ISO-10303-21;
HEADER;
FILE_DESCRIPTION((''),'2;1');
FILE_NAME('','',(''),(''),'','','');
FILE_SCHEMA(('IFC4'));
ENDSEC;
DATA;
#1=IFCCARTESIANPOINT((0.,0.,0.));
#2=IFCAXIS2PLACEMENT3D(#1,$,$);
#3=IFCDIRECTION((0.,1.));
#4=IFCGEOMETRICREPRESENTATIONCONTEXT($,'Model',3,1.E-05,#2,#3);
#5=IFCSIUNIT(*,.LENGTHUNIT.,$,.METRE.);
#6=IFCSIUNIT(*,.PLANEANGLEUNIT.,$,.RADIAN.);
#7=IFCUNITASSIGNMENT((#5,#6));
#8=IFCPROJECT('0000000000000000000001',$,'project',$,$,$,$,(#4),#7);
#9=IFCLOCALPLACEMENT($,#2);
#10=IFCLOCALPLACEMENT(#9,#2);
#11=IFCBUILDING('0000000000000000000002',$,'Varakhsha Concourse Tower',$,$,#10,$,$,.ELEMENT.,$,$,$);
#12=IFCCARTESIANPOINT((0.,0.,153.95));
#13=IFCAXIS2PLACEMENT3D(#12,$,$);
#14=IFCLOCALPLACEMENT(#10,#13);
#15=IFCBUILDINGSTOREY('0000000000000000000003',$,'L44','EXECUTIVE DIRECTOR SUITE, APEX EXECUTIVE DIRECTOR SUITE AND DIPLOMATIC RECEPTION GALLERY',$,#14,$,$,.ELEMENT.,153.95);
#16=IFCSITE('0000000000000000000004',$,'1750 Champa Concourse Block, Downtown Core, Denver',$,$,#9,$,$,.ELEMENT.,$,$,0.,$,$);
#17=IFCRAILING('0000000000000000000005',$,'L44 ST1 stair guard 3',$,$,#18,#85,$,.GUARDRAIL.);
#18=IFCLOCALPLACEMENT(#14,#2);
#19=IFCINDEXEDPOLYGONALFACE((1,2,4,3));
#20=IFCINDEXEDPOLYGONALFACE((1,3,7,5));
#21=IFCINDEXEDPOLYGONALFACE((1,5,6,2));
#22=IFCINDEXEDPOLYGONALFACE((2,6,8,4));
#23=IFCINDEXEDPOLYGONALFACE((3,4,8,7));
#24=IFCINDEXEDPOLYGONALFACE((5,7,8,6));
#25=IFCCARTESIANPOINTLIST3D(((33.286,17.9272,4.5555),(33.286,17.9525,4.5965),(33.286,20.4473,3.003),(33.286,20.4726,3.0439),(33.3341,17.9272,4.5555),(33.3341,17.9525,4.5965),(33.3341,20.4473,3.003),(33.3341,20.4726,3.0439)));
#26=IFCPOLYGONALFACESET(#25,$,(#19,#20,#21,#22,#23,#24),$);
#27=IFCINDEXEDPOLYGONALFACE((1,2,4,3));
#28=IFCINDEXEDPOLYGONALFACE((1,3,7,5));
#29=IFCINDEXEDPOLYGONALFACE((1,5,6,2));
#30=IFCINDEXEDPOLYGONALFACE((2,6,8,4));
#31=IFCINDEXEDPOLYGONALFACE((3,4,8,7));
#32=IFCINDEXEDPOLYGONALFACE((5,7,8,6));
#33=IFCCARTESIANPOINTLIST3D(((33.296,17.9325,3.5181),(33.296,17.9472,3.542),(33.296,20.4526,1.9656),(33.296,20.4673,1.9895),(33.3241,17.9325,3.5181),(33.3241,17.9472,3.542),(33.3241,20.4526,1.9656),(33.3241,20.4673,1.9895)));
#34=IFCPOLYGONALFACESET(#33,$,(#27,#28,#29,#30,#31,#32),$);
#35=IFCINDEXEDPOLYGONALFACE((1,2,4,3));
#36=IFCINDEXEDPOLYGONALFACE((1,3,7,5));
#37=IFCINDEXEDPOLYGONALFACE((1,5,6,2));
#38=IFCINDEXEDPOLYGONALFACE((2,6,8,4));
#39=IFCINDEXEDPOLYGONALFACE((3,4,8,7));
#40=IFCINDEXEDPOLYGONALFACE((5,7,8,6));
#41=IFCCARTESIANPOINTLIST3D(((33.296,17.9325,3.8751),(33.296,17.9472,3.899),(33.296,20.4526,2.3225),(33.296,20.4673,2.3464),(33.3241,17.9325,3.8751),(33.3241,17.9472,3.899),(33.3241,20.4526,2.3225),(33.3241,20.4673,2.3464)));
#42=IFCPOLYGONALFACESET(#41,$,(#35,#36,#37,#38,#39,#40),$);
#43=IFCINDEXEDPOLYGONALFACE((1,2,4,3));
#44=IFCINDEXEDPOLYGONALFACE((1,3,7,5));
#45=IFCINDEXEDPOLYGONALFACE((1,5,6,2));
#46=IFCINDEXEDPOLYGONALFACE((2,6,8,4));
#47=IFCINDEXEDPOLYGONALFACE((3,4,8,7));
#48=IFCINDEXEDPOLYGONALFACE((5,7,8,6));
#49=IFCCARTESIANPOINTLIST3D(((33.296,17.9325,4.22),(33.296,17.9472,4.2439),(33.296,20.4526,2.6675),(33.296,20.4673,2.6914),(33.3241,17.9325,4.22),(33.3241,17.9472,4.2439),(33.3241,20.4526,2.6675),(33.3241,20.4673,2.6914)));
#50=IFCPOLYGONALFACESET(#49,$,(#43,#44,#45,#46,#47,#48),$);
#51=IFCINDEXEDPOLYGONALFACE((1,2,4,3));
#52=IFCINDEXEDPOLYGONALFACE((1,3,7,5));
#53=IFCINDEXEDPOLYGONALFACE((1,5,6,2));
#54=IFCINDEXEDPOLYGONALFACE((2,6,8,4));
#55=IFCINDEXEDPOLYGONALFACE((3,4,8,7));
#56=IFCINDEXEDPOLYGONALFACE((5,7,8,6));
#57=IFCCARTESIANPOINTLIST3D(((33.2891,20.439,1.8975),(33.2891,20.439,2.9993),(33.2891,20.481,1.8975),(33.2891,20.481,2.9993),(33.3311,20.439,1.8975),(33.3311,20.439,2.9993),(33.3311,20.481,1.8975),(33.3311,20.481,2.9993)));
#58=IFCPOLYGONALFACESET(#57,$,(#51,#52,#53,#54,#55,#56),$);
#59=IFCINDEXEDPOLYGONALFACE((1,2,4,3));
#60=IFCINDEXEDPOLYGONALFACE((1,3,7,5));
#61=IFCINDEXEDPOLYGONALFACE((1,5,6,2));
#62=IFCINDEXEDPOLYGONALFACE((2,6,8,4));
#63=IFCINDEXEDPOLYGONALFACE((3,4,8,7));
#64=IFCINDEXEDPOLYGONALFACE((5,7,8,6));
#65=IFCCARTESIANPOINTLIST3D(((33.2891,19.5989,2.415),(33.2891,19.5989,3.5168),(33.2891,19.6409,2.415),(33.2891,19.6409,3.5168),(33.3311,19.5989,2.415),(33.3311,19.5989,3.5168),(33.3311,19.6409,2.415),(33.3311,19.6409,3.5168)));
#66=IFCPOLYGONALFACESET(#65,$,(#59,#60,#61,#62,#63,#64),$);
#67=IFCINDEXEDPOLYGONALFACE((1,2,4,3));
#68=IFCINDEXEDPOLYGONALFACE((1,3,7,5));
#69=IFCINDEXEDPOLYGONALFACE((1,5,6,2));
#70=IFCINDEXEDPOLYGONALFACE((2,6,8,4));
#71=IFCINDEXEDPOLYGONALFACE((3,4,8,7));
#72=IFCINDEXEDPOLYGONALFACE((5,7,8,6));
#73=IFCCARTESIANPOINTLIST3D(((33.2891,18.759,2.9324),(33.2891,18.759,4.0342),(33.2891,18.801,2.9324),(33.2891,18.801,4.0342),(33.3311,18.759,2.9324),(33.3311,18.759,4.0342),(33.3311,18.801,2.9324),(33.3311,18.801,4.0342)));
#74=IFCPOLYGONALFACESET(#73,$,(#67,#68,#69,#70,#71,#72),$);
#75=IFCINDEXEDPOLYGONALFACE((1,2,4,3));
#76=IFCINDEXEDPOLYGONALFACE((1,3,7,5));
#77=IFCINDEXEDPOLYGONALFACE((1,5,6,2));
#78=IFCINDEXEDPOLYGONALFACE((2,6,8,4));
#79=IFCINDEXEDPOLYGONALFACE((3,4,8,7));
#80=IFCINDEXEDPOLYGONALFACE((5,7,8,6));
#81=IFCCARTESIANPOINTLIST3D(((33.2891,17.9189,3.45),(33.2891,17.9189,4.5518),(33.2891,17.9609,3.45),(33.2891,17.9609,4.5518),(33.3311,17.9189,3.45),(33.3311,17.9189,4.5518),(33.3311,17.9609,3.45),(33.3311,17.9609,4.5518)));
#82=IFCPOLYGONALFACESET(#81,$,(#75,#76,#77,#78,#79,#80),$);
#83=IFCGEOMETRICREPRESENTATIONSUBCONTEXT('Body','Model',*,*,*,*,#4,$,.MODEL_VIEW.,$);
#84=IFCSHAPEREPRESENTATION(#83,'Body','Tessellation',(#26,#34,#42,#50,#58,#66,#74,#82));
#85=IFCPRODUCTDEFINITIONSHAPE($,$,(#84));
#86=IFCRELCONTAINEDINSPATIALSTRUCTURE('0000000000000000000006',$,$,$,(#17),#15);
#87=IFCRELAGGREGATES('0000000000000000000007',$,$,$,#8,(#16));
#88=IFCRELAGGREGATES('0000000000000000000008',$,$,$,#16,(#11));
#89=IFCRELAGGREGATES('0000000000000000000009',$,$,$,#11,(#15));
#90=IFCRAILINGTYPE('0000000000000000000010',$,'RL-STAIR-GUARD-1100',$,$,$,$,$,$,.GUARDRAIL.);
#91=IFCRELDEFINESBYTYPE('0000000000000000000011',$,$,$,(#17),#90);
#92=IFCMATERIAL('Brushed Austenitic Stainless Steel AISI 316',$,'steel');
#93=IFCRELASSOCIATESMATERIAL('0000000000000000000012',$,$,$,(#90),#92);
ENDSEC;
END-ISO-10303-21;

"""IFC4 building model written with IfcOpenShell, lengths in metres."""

from ifc_helpers import new_model, si_unit, direction, frame, origin, origin_2d, place, context, subcontext, project, spatial, rectangle, extrude, material, type_object, element, save


model = new_model("IFC4")

# Units and contexts
model_context = context("Model", 3, precision=1e-05, world=origin(), true_north=direction((0.0, 1.0)))
body_context = subcontext(model_context, "Body", "Model", "MODEL_VIEW")
ifc_project = project(units=[si_unit("LENGTHUNIT", "METRE"), si_unit("PLANEANGLEUNIT", "RADIAN")], contexts=[model_context])

# Site, building, storey
site_placement = place(None, origin())
site = spatial("IfcSite", under=ifc_project, at=site_placement, Name="1750 Champa Concourse Block, Downtown Core, Denver", CompositionType="ELEMENT", RefElevation=0.0)
building_placement = place(site_placement, origin())
building = spatial("IfcBuilding", under=site, at=building_placement, Name="Varakhsha Concourse Tower", CompositionType="ELEMENT")
storey_placement = place(building_placement, frame((0.0, 0.0, 153.95)))
storey = spatial("IfcBuildingStorey", under=building, at=storey_placement, Name="L44", Description="EXECUTIVE DIRECTOR SUITE, APEX EXECUTIVE DIRECTOR SUITE AND DIPLOMATIC RECEPTION GALLERY", CompositionType="ELEMENT", Elevation=153.95)

# Shared definitions
ifc_material_1 = material(Name="Brushed Austenitic Stainless Steel AISI 316", Category="steel")

# Railing
railing_type = type_object("IfcRailingType", Name="RL-STAIR-GUARD-1100", PredefinedType="GUARDRAIL", material=ifc_material_1)
railing_1_placement = place(storey_placement, frame((33.3101, 20.46, 1.8975)))
element("IfcRailing", 1, at=railing_1_placement, inside=storey, type_object=railing_type, Name="L44 ST1 stair guard 3", PredefinedType="GUARDRAIL", context=body_context, shape_type="SweptSolid", body=[
    extrude(rectangle(XDim=0.0481, YDim=0.0481, at=origin_2d()), frame((0.0, 0.0, 1.126), z_axis=(0.0, -0.8514, 0.524516), x_axis=(1.0, 0.0, 0.0)), (0.0, 0.0, 1.0), 2.96),
    extrude(rectangle(XDim=0.0281, YDim=0.0281, at=origin_2d()), frame((0.0, 0.0, 0.0801), z_axis=(0.0, -0.8514, 0.524516), x_axis=(1.0, 0.0, 0.0)), (0.0, 0.0, 1.0), 2.96),
    extrude(rectangle(XDim=0.0281, YDim=0.0281, at=origin_2d()), frame((0.0, 0.0, 0.437), z_axis=(0.0, -0.8514, 0.524516), x_axis=(1.0, 0.0, 0.0)), (0.0, 0.0, 1.0), 2.96),
    extrude(rectangle(XDim=0.0281, YDim=0.0281, at=origin_2d()), frame((0.0, 0.0, 0.782), z_axis=(0.0, -0.8514, 0.524516), x_axis=(1.0, 0.0, 0.0)), (0.0, 0.0, 1.0), 2.96),
    extrude(rectangle(XDim=0.042, YDim=0.042, at=origin_2d()), origin(), (0.0, 0.0, 1.0), 1.1018),
    extrude(rectangle(XDim=0.042, YDim=0.042, at=origin_2d()), frame((0.0, -0.8401, 0.5176)), (0.0, 0.0, 1.0), 1.1018),
    extrude(rectangle(XDim=0.042, YDim=0.042, at=origin_2d()), frame((0.0, -1.6799, 1.0349)), (0.0, 0.0, 1.0), 1.1018),
    extrude(rectangle(XDim=0.042, YDim=0.042, at=origin_2d()), frame((0.0, -2.52, 1.5525)), (0.0, 0.0, 1.0), 1.1018),
])

save(model, "model.ifc")
